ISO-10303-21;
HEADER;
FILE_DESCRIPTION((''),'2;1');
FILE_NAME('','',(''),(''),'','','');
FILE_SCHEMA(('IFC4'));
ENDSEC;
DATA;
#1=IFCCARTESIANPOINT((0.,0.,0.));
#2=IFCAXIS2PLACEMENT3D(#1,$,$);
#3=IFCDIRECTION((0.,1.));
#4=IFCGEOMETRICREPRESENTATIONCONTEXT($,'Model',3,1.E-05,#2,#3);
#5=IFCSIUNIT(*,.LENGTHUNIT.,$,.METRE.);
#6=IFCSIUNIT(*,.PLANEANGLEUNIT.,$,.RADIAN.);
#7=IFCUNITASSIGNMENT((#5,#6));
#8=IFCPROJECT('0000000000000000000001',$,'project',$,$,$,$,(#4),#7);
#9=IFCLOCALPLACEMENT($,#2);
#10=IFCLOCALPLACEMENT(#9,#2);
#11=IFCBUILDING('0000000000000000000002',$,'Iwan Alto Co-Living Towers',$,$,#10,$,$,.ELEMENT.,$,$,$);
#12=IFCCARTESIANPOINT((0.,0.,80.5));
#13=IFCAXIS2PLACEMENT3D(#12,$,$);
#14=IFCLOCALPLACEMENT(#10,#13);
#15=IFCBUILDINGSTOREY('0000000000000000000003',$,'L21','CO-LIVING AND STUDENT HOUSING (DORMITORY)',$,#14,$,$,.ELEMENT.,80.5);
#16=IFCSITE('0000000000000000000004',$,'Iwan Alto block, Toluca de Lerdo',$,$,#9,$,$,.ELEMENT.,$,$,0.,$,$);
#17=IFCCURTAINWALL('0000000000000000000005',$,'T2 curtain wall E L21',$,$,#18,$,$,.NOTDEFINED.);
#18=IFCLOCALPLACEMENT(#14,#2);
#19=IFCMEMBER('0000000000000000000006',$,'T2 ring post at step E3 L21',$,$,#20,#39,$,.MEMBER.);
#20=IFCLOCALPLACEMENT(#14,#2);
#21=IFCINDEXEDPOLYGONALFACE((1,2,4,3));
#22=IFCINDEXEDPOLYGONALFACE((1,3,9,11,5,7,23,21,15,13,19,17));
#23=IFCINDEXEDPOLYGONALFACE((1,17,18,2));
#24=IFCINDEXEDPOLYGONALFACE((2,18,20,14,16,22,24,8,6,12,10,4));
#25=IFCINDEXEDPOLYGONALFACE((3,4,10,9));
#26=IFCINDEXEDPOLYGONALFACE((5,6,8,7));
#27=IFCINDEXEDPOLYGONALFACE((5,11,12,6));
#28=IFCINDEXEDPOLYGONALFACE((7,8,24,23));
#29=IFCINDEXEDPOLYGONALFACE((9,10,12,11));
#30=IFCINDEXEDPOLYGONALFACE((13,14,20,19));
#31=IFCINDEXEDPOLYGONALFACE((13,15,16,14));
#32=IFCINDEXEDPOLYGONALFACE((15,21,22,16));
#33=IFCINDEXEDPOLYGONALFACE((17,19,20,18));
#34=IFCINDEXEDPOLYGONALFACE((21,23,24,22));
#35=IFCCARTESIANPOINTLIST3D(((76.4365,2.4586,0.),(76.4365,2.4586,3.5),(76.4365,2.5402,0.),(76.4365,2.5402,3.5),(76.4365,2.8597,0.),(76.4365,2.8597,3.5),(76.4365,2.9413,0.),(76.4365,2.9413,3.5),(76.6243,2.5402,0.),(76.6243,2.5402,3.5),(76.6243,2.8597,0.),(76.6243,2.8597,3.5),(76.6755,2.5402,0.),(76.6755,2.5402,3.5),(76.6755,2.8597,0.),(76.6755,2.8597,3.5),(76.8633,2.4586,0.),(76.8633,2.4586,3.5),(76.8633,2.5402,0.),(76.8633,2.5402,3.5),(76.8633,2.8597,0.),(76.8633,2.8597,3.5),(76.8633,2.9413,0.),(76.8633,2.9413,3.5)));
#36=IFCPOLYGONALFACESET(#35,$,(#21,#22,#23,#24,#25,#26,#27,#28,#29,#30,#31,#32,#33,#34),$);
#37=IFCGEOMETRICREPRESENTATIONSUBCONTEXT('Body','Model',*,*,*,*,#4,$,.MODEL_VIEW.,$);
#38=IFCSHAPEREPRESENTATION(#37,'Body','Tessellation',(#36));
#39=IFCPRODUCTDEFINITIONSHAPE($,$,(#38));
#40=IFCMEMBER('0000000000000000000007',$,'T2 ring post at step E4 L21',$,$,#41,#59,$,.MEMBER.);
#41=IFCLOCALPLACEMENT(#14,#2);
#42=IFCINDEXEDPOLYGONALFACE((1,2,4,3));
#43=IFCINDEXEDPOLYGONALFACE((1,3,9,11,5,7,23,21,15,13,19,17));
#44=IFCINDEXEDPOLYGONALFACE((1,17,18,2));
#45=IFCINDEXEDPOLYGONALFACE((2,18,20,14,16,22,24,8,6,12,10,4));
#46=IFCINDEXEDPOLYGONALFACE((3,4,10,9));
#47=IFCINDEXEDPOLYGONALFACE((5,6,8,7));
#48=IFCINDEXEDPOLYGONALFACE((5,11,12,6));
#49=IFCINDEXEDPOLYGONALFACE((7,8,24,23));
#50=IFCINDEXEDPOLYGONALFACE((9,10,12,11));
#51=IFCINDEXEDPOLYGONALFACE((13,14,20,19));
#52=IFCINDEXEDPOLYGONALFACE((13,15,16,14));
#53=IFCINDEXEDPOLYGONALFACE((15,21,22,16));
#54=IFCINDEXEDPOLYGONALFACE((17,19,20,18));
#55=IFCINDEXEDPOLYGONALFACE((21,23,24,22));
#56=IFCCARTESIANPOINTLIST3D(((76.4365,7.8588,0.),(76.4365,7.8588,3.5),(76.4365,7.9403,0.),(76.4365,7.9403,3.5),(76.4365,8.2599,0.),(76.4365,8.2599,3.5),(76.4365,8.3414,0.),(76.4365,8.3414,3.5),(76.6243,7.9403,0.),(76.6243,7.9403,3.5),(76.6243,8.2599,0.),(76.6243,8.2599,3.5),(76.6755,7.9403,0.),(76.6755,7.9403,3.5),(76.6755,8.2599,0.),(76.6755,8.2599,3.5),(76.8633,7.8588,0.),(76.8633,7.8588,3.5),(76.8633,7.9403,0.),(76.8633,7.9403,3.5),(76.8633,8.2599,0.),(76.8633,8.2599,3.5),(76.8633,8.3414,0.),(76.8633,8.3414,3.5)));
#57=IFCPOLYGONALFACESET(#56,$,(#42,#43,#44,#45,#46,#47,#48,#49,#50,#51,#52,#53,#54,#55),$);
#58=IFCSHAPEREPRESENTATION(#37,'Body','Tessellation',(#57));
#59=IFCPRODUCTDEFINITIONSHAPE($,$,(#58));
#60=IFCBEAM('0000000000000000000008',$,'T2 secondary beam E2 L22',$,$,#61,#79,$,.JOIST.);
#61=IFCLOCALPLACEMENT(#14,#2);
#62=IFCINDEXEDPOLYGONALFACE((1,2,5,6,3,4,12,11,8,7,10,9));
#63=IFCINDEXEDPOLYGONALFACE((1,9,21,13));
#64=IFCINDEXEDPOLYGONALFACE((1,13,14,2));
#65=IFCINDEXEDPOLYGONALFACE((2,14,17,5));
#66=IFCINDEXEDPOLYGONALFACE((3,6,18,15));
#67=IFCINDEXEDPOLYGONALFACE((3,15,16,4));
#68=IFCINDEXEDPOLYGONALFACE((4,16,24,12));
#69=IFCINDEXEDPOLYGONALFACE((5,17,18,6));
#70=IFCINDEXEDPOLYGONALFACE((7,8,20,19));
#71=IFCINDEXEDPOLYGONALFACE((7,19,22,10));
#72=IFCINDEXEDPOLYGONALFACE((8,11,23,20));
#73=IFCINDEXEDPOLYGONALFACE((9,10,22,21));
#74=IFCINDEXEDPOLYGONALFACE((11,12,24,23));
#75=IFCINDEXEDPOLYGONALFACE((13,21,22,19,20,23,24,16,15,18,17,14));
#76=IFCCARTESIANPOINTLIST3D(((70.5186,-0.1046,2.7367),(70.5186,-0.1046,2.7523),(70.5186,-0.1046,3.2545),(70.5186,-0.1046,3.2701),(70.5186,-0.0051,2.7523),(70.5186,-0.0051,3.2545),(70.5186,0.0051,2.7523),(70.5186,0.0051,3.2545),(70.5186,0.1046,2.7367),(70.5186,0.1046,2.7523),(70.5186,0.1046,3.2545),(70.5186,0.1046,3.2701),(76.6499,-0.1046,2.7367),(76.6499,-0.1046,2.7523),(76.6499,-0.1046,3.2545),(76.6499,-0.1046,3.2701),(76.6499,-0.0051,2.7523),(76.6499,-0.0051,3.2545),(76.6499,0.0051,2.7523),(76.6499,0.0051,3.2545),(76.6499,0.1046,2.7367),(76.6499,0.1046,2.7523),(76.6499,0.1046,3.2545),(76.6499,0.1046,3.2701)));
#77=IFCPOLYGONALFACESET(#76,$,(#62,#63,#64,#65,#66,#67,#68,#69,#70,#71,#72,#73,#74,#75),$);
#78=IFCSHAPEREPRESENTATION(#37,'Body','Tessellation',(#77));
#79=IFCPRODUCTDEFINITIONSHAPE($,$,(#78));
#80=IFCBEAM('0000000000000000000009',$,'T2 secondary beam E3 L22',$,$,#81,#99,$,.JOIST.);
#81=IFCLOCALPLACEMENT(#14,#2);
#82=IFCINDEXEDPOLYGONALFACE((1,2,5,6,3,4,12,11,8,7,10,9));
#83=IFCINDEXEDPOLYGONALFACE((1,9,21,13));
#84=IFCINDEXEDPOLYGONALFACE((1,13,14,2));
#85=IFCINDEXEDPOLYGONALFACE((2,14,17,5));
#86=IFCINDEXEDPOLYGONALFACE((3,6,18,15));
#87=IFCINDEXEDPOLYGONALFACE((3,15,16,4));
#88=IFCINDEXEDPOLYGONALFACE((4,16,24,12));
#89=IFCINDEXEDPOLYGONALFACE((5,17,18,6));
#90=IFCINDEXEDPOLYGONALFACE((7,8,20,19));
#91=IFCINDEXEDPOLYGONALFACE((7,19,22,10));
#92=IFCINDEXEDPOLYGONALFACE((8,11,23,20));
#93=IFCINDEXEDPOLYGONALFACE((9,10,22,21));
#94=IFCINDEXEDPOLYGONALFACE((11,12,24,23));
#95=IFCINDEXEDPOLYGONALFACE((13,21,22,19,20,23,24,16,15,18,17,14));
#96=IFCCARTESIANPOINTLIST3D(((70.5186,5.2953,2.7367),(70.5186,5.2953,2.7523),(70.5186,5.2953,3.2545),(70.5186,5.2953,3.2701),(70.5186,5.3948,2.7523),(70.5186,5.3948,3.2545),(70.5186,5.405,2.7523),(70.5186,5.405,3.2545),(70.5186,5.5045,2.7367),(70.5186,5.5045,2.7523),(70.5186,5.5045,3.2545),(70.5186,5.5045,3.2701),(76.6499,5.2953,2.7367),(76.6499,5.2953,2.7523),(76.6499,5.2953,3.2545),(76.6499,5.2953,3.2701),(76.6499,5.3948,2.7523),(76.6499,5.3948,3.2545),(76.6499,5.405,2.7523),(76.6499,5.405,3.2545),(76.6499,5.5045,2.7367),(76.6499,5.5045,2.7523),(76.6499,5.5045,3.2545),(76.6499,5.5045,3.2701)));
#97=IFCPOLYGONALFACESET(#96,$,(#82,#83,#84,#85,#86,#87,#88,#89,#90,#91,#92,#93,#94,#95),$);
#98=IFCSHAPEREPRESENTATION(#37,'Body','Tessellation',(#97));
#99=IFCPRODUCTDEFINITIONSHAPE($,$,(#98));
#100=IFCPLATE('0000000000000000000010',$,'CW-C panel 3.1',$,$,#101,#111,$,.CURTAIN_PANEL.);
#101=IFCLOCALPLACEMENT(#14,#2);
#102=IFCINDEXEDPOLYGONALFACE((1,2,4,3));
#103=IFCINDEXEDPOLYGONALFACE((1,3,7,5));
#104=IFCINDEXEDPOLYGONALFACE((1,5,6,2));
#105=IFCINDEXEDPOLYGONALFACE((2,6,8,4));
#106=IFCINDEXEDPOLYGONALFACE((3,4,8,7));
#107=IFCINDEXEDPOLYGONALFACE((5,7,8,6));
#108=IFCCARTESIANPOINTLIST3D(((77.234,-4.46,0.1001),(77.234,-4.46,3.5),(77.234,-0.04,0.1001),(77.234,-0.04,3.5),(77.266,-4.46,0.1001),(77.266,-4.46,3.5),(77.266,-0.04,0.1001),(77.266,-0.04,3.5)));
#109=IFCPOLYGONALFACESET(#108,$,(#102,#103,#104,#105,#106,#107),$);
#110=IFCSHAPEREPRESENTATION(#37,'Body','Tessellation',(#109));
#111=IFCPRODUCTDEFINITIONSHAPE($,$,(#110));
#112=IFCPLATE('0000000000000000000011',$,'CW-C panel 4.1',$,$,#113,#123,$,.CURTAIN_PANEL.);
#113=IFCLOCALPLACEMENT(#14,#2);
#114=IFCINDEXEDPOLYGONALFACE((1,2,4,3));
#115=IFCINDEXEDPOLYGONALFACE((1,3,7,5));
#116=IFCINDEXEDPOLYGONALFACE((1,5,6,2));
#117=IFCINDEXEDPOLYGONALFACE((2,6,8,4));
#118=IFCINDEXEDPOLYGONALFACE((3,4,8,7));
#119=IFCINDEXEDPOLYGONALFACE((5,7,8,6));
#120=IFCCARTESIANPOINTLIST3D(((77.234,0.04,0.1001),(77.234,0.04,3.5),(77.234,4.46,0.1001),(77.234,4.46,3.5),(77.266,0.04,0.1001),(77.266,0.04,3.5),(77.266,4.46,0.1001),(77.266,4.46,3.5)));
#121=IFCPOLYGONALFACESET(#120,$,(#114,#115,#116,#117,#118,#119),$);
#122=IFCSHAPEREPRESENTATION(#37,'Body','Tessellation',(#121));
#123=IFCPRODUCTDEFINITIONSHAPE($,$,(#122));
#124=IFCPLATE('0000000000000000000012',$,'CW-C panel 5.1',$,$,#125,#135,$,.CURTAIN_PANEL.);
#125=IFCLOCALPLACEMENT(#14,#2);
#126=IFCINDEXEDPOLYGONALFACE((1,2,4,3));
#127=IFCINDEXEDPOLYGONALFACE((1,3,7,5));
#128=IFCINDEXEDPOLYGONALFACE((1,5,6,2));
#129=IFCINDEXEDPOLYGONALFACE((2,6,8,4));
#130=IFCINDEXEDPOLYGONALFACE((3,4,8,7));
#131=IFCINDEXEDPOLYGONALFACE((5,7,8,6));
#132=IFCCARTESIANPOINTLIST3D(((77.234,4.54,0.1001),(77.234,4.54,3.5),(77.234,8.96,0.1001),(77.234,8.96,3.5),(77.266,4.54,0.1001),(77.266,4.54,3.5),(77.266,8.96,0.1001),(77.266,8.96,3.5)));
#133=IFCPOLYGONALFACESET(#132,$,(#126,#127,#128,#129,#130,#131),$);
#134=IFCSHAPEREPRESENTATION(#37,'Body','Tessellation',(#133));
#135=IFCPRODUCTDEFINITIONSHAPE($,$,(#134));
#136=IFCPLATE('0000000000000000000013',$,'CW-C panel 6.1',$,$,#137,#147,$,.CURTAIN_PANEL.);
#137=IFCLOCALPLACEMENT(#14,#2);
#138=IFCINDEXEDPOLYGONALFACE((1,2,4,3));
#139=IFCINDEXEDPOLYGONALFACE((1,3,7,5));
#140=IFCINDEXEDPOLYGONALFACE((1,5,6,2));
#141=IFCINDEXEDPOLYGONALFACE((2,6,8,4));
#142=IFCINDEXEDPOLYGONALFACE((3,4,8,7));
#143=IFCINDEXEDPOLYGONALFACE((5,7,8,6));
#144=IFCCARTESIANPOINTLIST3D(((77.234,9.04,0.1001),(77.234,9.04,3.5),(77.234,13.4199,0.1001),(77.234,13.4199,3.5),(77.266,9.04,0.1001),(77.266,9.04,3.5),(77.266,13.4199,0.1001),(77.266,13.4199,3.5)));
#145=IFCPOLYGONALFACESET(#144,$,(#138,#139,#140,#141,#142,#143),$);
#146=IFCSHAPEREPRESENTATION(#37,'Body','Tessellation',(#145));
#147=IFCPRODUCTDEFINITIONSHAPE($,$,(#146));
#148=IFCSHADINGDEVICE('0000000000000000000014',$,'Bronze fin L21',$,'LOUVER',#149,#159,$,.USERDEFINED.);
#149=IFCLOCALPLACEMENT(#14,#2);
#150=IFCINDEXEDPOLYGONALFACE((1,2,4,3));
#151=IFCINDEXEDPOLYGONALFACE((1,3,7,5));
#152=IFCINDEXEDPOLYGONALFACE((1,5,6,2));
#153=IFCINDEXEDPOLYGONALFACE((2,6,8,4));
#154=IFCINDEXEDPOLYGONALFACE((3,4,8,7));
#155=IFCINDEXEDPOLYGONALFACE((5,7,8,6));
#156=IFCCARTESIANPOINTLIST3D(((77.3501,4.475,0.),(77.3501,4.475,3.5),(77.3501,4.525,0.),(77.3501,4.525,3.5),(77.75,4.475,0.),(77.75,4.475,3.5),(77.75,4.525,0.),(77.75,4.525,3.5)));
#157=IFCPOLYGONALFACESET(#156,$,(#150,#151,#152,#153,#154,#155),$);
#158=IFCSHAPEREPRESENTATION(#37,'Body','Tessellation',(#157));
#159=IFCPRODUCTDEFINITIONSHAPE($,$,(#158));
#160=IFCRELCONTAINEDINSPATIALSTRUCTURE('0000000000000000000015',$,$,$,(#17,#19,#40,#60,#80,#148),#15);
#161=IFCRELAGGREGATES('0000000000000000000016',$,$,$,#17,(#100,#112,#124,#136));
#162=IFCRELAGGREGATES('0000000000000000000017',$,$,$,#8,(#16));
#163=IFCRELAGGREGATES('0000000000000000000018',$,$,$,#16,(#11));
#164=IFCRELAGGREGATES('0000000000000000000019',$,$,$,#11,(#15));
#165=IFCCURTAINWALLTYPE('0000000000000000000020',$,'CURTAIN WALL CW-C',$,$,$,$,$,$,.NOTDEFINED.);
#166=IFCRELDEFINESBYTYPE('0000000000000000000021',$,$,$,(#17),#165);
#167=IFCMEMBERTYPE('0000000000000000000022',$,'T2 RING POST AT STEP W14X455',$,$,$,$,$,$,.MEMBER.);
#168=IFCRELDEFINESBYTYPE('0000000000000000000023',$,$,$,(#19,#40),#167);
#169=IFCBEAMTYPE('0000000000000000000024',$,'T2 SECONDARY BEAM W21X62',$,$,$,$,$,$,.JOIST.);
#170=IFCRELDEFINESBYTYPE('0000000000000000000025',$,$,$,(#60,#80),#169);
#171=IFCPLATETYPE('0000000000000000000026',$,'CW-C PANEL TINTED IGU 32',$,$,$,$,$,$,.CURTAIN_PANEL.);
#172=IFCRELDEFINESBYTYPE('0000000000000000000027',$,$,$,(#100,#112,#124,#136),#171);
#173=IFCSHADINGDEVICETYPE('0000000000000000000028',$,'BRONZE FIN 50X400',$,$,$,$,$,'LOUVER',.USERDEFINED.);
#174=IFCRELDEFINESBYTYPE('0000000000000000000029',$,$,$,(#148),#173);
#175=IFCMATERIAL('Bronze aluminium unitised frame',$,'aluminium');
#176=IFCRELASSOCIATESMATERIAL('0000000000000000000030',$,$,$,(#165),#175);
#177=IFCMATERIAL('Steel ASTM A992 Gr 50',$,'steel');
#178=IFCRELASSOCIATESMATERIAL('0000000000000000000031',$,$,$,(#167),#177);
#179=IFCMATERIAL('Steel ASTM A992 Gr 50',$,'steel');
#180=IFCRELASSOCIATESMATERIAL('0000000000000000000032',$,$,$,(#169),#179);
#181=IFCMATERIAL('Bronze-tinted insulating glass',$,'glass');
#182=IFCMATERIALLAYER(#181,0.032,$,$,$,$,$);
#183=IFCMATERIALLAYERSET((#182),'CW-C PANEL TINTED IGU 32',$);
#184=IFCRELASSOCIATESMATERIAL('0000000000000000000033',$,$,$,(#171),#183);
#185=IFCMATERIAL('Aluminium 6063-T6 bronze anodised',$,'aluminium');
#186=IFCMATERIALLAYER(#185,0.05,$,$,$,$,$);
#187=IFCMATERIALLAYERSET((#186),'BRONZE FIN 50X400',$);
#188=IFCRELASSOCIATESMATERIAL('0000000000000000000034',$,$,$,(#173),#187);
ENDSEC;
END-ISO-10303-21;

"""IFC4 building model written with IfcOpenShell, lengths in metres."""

from ifc_helpers import new_model, si_unit, direction, frame, origin, origin_2d, place, context, subcontext, project, spatial, rectangle, i_section, extrude, material, layer, layer_set, material_profile, profile_set, type_object, element, aggregate, save


model = new_model("IFC4")

# Units and contexts
model_context = context("Model", 3, precision=1e-05, world=origin(), true_north=direction((0.0, 1.0)))
body_context = subcontext(model_context, "Body", "Model", "MODEL_VIEW")
ifc_project = project(units=[si_unit("LENGTHUNIT", "METRE"), si_unit("PLANEANGLEUNIT", "RADIAN")], contexts=[model_context])

# Site, building, storey
site_placement = place(None, origin())
site = spatial("IfcSite", under=ifc_project, at=site_placement, Name="Iwan Alto block, Toluca de Lerdo", CompositionType="ELEMENT", RefElevation=0.0)
building_placement = place(site_placement, origin())
building = spatial("IfcBuilding", under=site, at=building_placement, Name="Iwan Alto Co-Living Towers", CompositionType="ELEMENT")
storey_placement = place(building_placement, frame((0.0, 0.0, 80.5)))
storey = spatial("IfcBuildingStorey", under=building, at=storey_placement, Name="L21", Description="CO-LIVING AND STUDENT HOUSING (DORMITORY)", CompositionType="ELEMENT", Elevation=80.5)

# Curtain wall
ifc_material_1 = material(Name="Bronze aluminium unitised frame", Category="aluminium")
curtain_wall_type = type_object("IfcCurtainWallType", Name="CURTAIN WALL CW-C", PredefinedType="NOTDEFINED", material=ifc_material_1)
curtain_wall_placement = place(storey_placement, origin())
curtain_wall = element("IfcCurtainWall", 1, at=curtain_wall_placement, inside=storey, type_object=curtain_wall_type, Name="T2 curtain wall E L21", PredefinedType="NOTDEFINED")

# Members
ifc_material_2 = material(Name="Steel ASTM A992 Gr 50", Category="steel")
ifc_material_profile_1 = material_profile(ifc_material_2, i_section(OverallWidth=0.4268, OverallDepth=0.4827, WebThickness=0.0513, FlangeThickness=0.0815, at=origin_2d()), Name="W14X455")
ifc_profile_set_1 = profile_set([ifc_material_profile_1], Name="Steel ASTM A992 Gr 50")
member_type_1 = type_object("IfcMemberType", Name="T2 RING POST AT STEP W14X455", PredefinedType="MEMBER", material=ifc_profile_set_1)
for number, where, z_axis, x_axis, name in (
    (2, (76.6499, 2.7, 0.0), (0.0, 0.0, 1.0), (1.0, 0.0, 0.0), "T2 ring post at step E3 L21"),
    (3, (76.6499, 8.1001, 0.0), (0.0, 0.0, 1.0), (1.0, 0.0, 0.0), "T2 ring post at step E4 L21"),
):
    element("IfcMember", number, at=place(storey_placement, frame(where, z_axis=z_axis, x_axis=x_axis)), inside=storey, type_object=member_type_1, Name=name, PredefinedType="MEMBER", context=body_context, shape_type="SweptSolid", body=[
        extrude(i_section(OverallWidth=0.4268, OverallDepth=0.4827, WebThickness=0.0513, FlangeThickness=0.0815, at=origin_2d()), origin(), (0.0, 0.0, 1.0), 3.5),
    ])

# Beams
ifc_material_3 = material(Name="Steel ASTM A992 Gr 50", Category="steel")
ifc_material_profile_2 = material_profile(ifc_material_3, i_section(OverallWidth=0.2092, OverallDepth=0.5334, WebThickness=0.0103, FlangeThickness=0.0156, at=origin_2d()), Name="W21X62")
ifc_profile_set_2 = profile_set([ifc_material_profile_2], Name="Steel ASTM A992 Gr 50")
beam_type_1 = type_object("IfcBeamType", Name="T2 SECONDARY BEAM W21X62", PredefinedType="JOIST", material=ifc_profile_set_2)
for number, where, z_axis, x_axis, name in (
    (4, (76.6499, 0.0, 3.0034), (-1.0, 0.0, 0.0), (0.0, -1.0, 0.0), "T2 secondary beam E2 L22"),
    (5, (76.6499, 5.3999, 3.0034), (-1.0, 0.0, 0.0), (0.0, -1.0, 0.0), "T2 secondary beam E3 L22"),
):
    element("IfcBeam", number, at=place(storey_placement, frame(where, z_axis=z_axis, x_axis=x_axis)), inside=storey, type_object=beam_type_1, Name=name, PredefinedType="JOIST", context=body_context, shape_type="SweptSolid", body=[
        extrude(i_section(OverallWidth=0.2092, OverallDepth=0.5334, WebThickness=0.0103, FlangeThickness=0.0156, at=origin_2d()), origin(), (0.0, 0.0, 1.0), 6.1313),
    ])

# Plates
ifc_material_4 = material(Name="Bronze-tinted insulating glass", Category="glass")
ifc_layer_1 = layer(ifc_material_4, 0.032)
ifc_layer_set_1 = layer_set([ifc_layer_1], Name="CW-C PANEL TINTED IGU 32")
plate_type = type_object("IfcPlateType", Name="CW-C PANEL TINTED IGU 32", PredefinedType="CURTAIN_PANEL", material=ifc_layer_set_1)
plate_1_placement = place(storey_placement, frame((77.25, -2.25, 0.1001), z_axis=(0.0, 0.0, 1.0), x_axis=(0.0, 1.0, 0.0)))
plate_1 = element("IfcPlate", 6, at=plate_1_placement, type_object=plate_type, Name="CW-C panel 3.1", PredefinedType="CURTAIN_PANEL", context=body_context, shape_type="SweptSolid", body=[
    extrude(rectangle(XDim=4.4199, YDim=0.032, at=origin_2d()), origin(), (0.0, 0.0, 1.0), 3.3999),
])
plate_2_placement = place(storey_placement, frame((77.25, 2.25, 0.1001), z_axis=(0.0, 0.0, 1.0), x_axis=(0.0, 1.0, 0.0)))
plate_2 = element("IfcPlate", 7, at=plate_2_placement, type_object=plate_type, Name="CW-C panel 4.1", PredefinedType="CURTAIN_PANEL", context=body_context, shape_type="SweptSolid", body=[
    extrude(rectangle(XDim=4.4199, YDim=0.032, at=origin_2d()), origin(), (0.0, 0.0, 1.0), 3.3999),
])
plate_3_placement = place(storey_placement, frame((77.25, 6.75, 0.1001), z_axis=(0.0, 0.0, 1.0), x_axis=(0.0, 1.0, 0.0)))
plate_3 = element("IfcPlate", 8, at=plate_3_placement, type_object=plate_type, Name="CW-C panel 5.1", PredefinedType="CURTAIN_PANEL", context=body_context, shape_type="SweptSolid", body=[
    extrude(rectangle(XDim=4.4199, YDim=0.032, at=origin_2d()), origin(), (0.0, 0.0, 1.0), 3.3999),
])
plate_4_placement = place(storey_placement, frame((77.25, 11.23, 0.1001), z_axis=(0.0, 0.0, 1.0), x_axis=(0.0, 1.0, 0.0)))
plate_4 = element("IfcPlate", 9, at=plate_4_placement, type_object=plate_type, Name="CW-C panel 6.1", PredefinedType="CURTAIN_PANEL", context=body_context, shape_type="SweptSolid", body=[
    extrude(rectangle(XDim=4.3799, YDim=0.032, at=origin_2d()), origin(), (0.0, 0.0, 1.0), 3.3999),
])
aggregate(curtain_wall, [plate_1, plate_2, plate_3, plate_4])

# Shading device
ifc_material_5 = material(Name="Aluminium 6063-T6 bronze anodised", Category="aluminium")
ifc_layer_2 = layer(ifc_material_5, 0.05)
ifc_layer_set_2 = layer_set([ifc_layer_2], Name="BRONZE FIN 50X400")
shading_device_type = type_object("IfcShadingDeviceType", Name="BRONZE FIN 50X400", ElementType="LOUVER", PredefinedType="USERDEFINED", material=ifc_layer_set_2)
shading_device_placement = place(storey_placement, frame((77.55, 4.5, 0.0), z_axis=(0.0, 0.0, 1.0), x_axis=(0.0, 1.0, 0.0)))
element("IfcShadingDevice", 10, at=shading_device_placement, inside=storey, type_object=shading_device_type, Name="Bronze fin L21", ObjectType="LOUVER", PredefinedType="USERDEFINED", context=body_context, shape_type="SweptSolid", body=[
    extrude(rectangle(XDim=0.05, YDim=0.3999, at=origin_2d()), origin(), (0.0, 0.0, 1.0), 3.5),
])

save(model, "model.ifc")
